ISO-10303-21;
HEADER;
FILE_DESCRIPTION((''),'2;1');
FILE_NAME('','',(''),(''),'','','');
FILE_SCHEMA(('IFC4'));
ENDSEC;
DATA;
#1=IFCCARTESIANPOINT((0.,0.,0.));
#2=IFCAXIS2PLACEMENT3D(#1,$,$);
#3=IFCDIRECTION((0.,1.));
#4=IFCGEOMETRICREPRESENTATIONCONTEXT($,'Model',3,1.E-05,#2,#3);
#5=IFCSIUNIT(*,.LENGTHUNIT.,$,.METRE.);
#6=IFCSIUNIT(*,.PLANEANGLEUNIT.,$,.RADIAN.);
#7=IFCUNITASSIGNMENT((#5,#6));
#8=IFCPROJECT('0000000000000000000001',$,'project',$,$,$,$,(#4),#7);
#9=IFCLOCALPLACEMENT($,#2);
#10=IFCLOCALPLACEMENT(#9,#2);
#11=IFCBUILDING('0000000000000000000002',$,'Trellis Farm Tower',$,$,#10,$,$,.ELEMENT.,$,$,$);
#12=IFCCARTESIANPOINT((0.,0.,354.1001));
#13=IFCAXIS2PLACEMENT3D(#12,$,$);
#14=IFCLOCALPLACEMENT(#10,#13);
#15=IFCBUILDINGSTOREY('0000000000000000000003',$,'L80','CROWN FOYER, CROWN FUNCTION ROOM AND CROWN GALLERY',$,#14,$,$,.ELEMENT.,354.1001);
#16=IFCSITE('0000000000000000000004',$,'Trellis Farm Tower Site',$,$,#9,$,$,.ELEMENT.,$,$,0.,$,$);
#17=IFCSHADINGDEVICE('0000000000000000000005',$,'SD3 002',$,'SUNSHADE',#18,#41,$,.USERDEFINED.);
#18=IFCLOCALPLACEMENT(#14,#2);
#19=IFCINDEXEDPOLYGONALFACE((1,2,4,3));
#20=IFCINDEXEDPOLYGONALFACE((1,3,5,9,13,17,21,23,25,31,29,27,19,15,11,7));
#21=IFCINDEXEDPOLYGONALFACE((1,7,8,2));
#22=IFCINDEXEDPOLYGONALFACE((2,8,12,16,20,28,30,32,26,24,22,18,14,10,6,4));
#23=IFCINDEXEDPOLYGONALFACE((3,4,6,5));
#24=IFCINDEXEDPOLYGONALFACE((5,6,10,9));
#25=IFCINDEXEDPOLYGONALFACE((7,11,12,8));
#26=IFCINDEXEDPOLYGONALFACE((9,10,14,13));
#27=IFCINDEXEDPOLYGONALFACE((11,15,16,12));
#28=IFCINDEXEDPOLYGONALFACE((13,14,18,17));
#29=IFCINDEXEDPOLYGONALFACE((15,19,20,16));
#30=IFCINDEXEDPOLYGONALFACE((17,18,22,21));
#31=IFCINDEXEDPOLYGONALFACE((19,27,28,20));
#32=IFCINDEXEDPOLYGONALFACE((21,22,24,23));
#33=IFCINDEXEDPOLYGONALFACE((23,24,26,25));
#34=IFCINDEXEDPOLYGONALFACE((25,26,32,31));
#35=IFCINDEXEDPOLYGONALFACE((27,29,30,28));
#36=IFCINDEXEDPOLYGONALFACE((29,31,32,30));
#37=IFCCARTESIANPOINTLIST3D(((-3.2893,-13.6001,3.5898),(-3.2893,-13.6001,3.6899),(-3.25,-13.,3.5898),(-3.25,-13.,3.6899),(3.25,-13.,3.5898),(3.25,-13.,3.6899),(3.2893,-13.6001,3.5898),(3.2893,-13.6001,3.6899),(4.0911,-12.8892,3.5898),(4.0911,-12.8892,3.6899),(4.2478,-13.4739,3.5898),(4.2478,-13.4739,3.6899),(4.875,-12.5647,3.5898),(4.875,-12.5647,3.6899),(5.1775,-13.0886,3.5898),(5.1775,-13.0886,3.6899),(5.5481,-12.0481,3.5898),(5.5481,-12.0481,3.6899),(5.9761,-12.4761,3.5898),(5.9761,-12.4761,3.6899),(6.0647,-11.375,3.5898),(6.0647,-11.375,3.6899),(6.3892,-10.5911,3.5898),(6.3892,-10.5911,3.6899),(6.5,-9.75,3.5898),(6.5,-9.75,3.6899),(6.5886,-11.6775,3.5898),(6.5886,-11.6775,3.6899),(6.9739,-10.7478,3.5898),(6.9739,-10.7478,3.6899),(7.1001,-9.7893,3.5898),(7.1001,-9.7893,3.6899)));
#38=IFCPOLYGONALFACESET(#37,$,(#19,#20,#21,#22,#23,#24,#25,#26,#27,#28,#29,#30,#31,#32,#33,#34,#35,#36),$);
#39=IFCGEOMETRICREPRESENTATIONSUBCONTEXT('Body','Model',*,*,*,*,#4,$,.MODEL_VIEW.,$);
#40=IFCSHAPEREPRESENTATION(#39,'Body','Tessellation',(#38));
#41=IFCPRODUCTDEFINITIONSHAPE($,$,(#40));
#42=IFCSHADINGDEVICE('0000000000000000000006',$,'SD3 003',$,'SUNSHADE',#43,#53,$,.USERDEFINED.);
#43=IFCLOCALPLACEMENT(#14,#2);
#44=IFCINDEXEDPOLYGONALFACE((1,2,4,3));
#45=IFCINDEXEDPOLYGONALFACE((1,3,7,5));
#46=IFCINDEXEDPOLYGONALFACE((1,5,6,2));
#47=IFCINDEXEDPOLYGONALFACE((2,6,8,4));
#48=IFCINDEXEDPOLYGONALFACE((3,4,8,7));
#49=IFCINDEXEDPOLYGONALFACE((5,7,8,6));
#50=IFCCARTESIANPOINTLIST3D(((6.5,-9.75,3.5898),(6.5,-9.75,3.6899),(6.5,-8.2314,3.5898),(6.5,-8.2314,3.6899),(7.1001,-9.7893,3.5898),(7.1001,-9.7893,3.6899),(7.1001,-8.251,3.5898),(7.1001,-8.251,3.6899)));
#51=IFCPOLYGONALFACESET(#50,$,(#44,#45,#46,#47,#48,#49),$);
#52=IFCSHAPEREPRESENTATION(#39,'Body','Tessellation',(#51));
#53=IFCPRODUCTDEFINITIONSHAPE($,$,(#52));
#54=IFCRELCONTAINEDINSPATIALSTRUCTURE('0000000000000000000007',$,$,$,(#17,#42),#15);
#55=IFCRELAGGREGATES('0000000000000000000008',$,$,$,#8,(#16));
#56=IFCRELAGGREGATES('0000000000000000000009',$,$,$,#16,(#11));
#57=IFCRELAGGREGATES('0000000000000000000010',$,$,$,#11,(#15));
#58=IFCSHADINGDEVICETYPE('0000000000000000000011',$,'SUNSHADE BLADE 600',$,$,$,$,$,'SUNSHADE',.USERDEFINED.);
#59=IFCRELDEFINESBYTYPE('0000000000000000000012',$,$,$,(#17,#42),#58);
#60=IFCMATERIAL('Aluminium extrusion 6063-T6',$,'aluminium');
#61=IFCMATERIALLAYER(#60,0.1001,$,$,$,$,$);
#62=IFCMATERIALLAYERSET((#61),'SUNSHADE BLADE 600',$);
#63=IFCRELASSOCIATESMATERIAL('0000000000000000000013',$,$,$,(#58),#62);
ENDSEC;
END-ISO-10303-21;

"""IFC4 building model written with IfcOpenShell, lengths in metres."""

from ifc_helpers import new_model, si_unit, direction, frame, origin, place, context, subcontext, project, spatial, polyline, outline, extrude, source, transform, mapped, material, layer, layer_set, type_object, element, save


model = new_model("IFC4")

# Units and contexts
model_context = context("Model", 3, precision=1e-05, world=origin(), true_north=direction((0.0, 1.0)))
body_context = subcontext(model_context, "Body", "Model", "MODEL_VIEW")
ifc_project = project(units=[si_unit("LENGTHUNIT", "METRE"), si_unit("PLANEANGLEUNIT", "RADIAN")], contexts=[model_context])

# Site, building, storey
site_placement = place(None, origin())
site = spatial("IfcSite", under=ifc_project, at=site_placement, Name="Trellis Farm Tower Site", CompositionType="ELEMENT", RefElevation=0.0)
building_placement = place(site_placement, origin())
building = spatial("IfcBuilding", under=site, at=building_placement, Name="Trellis Farm Tower", CompositionType="ELEMENT")
storey_placement = place(building_placement, frame((0.0, 0.0, 354.1001)))
storey = spatial("IfcBuildingStorey", under=building, at=storey_placement, Name="L80", Description="CROWN FOYER, CROWN FUNCTION ROOM AND CROWN GALLERY", CompositionType="ELEMENT", Elevation=354.1001)

# Shared definitions
ifc_material_1 = material(Name="Aluminium extrusion 6063-T6", Category="aluminium")

# Shading devices
ifc_layer_1 = layer(ifc_material_1, 0.1001)
ifc_layer_set_1 = layer_set([ifc_layer_1], Name="SUNSHADE BLADE 600")
shading_device_type = type_object("IfcShadingDeviceType", Name="SUNSHADE BLADE 600", ElementType="SUNSHADE", PredefinedType="USERDEFINED", material=ifc_layer_set_1)
placement_1 = place(storey_placement, frame((0.0, 0.0, 3.5898)))
shared_shape_1 = source(origin(), body_context, "Body", "SweptSolid", [
    extrude(outline(polyline([(-3.2893, -13.6001), (3.2893, -13.6001), (4.2478, -13.4739), (5.1775, -13.0886), (5.9761, -12.4761), (6.5886, -11.6775), (6.9739, -10.7478), (7.1001, -9.7893), (6.5, -9.75), (6.3892, -10.5911), (6.0647, -11.375), (5.5481, -12.0481), (4.875, -12.5647), (4.0911, -12.8892), (3.25, -13.0), (-3.25, -13.0), (-3.2893, -13.6001)])), origin(), (0.0, 0.0, 1.0), 0.1001),
])
element("IfcShadingDevice", 1, at=placement_1, inside=storey, type_object=shading_device_type, Name="SD3 002", ObjectType="SUNSHADE", PredefinedType="USERDEFINED", context=body_context, shape_type="MappedRepresentation", body=[
    mapped(shared_shape_1, transform((0.0, 0.0, 0.0))),
])
shared_shape_2 = source(origin(), body_context, "Body", "SweptSolid", [
    extrude(outline(polyline([(7.1001, -9.7893), (7.1001, -8.251), (6.5, -8.2314), (6.5, -9.75), (7.1001, -9.7893)])), origin(), (0.0, 0.0, 1.0), 0.1001),
])
element("IfcShadingDevice", 2, at=placement_1, inside=storey, type_object=shading_device_type, Name="SD3 003", ObjectType="SUNSHADE", PredefinedType="USERDEFINED", context=body_context, shape_type="MappedRepresentation", body=[
    mapped(shared_shape_2, transform((0.0, 0.0, 0.0))),
])

save(model, "model.ifc")
